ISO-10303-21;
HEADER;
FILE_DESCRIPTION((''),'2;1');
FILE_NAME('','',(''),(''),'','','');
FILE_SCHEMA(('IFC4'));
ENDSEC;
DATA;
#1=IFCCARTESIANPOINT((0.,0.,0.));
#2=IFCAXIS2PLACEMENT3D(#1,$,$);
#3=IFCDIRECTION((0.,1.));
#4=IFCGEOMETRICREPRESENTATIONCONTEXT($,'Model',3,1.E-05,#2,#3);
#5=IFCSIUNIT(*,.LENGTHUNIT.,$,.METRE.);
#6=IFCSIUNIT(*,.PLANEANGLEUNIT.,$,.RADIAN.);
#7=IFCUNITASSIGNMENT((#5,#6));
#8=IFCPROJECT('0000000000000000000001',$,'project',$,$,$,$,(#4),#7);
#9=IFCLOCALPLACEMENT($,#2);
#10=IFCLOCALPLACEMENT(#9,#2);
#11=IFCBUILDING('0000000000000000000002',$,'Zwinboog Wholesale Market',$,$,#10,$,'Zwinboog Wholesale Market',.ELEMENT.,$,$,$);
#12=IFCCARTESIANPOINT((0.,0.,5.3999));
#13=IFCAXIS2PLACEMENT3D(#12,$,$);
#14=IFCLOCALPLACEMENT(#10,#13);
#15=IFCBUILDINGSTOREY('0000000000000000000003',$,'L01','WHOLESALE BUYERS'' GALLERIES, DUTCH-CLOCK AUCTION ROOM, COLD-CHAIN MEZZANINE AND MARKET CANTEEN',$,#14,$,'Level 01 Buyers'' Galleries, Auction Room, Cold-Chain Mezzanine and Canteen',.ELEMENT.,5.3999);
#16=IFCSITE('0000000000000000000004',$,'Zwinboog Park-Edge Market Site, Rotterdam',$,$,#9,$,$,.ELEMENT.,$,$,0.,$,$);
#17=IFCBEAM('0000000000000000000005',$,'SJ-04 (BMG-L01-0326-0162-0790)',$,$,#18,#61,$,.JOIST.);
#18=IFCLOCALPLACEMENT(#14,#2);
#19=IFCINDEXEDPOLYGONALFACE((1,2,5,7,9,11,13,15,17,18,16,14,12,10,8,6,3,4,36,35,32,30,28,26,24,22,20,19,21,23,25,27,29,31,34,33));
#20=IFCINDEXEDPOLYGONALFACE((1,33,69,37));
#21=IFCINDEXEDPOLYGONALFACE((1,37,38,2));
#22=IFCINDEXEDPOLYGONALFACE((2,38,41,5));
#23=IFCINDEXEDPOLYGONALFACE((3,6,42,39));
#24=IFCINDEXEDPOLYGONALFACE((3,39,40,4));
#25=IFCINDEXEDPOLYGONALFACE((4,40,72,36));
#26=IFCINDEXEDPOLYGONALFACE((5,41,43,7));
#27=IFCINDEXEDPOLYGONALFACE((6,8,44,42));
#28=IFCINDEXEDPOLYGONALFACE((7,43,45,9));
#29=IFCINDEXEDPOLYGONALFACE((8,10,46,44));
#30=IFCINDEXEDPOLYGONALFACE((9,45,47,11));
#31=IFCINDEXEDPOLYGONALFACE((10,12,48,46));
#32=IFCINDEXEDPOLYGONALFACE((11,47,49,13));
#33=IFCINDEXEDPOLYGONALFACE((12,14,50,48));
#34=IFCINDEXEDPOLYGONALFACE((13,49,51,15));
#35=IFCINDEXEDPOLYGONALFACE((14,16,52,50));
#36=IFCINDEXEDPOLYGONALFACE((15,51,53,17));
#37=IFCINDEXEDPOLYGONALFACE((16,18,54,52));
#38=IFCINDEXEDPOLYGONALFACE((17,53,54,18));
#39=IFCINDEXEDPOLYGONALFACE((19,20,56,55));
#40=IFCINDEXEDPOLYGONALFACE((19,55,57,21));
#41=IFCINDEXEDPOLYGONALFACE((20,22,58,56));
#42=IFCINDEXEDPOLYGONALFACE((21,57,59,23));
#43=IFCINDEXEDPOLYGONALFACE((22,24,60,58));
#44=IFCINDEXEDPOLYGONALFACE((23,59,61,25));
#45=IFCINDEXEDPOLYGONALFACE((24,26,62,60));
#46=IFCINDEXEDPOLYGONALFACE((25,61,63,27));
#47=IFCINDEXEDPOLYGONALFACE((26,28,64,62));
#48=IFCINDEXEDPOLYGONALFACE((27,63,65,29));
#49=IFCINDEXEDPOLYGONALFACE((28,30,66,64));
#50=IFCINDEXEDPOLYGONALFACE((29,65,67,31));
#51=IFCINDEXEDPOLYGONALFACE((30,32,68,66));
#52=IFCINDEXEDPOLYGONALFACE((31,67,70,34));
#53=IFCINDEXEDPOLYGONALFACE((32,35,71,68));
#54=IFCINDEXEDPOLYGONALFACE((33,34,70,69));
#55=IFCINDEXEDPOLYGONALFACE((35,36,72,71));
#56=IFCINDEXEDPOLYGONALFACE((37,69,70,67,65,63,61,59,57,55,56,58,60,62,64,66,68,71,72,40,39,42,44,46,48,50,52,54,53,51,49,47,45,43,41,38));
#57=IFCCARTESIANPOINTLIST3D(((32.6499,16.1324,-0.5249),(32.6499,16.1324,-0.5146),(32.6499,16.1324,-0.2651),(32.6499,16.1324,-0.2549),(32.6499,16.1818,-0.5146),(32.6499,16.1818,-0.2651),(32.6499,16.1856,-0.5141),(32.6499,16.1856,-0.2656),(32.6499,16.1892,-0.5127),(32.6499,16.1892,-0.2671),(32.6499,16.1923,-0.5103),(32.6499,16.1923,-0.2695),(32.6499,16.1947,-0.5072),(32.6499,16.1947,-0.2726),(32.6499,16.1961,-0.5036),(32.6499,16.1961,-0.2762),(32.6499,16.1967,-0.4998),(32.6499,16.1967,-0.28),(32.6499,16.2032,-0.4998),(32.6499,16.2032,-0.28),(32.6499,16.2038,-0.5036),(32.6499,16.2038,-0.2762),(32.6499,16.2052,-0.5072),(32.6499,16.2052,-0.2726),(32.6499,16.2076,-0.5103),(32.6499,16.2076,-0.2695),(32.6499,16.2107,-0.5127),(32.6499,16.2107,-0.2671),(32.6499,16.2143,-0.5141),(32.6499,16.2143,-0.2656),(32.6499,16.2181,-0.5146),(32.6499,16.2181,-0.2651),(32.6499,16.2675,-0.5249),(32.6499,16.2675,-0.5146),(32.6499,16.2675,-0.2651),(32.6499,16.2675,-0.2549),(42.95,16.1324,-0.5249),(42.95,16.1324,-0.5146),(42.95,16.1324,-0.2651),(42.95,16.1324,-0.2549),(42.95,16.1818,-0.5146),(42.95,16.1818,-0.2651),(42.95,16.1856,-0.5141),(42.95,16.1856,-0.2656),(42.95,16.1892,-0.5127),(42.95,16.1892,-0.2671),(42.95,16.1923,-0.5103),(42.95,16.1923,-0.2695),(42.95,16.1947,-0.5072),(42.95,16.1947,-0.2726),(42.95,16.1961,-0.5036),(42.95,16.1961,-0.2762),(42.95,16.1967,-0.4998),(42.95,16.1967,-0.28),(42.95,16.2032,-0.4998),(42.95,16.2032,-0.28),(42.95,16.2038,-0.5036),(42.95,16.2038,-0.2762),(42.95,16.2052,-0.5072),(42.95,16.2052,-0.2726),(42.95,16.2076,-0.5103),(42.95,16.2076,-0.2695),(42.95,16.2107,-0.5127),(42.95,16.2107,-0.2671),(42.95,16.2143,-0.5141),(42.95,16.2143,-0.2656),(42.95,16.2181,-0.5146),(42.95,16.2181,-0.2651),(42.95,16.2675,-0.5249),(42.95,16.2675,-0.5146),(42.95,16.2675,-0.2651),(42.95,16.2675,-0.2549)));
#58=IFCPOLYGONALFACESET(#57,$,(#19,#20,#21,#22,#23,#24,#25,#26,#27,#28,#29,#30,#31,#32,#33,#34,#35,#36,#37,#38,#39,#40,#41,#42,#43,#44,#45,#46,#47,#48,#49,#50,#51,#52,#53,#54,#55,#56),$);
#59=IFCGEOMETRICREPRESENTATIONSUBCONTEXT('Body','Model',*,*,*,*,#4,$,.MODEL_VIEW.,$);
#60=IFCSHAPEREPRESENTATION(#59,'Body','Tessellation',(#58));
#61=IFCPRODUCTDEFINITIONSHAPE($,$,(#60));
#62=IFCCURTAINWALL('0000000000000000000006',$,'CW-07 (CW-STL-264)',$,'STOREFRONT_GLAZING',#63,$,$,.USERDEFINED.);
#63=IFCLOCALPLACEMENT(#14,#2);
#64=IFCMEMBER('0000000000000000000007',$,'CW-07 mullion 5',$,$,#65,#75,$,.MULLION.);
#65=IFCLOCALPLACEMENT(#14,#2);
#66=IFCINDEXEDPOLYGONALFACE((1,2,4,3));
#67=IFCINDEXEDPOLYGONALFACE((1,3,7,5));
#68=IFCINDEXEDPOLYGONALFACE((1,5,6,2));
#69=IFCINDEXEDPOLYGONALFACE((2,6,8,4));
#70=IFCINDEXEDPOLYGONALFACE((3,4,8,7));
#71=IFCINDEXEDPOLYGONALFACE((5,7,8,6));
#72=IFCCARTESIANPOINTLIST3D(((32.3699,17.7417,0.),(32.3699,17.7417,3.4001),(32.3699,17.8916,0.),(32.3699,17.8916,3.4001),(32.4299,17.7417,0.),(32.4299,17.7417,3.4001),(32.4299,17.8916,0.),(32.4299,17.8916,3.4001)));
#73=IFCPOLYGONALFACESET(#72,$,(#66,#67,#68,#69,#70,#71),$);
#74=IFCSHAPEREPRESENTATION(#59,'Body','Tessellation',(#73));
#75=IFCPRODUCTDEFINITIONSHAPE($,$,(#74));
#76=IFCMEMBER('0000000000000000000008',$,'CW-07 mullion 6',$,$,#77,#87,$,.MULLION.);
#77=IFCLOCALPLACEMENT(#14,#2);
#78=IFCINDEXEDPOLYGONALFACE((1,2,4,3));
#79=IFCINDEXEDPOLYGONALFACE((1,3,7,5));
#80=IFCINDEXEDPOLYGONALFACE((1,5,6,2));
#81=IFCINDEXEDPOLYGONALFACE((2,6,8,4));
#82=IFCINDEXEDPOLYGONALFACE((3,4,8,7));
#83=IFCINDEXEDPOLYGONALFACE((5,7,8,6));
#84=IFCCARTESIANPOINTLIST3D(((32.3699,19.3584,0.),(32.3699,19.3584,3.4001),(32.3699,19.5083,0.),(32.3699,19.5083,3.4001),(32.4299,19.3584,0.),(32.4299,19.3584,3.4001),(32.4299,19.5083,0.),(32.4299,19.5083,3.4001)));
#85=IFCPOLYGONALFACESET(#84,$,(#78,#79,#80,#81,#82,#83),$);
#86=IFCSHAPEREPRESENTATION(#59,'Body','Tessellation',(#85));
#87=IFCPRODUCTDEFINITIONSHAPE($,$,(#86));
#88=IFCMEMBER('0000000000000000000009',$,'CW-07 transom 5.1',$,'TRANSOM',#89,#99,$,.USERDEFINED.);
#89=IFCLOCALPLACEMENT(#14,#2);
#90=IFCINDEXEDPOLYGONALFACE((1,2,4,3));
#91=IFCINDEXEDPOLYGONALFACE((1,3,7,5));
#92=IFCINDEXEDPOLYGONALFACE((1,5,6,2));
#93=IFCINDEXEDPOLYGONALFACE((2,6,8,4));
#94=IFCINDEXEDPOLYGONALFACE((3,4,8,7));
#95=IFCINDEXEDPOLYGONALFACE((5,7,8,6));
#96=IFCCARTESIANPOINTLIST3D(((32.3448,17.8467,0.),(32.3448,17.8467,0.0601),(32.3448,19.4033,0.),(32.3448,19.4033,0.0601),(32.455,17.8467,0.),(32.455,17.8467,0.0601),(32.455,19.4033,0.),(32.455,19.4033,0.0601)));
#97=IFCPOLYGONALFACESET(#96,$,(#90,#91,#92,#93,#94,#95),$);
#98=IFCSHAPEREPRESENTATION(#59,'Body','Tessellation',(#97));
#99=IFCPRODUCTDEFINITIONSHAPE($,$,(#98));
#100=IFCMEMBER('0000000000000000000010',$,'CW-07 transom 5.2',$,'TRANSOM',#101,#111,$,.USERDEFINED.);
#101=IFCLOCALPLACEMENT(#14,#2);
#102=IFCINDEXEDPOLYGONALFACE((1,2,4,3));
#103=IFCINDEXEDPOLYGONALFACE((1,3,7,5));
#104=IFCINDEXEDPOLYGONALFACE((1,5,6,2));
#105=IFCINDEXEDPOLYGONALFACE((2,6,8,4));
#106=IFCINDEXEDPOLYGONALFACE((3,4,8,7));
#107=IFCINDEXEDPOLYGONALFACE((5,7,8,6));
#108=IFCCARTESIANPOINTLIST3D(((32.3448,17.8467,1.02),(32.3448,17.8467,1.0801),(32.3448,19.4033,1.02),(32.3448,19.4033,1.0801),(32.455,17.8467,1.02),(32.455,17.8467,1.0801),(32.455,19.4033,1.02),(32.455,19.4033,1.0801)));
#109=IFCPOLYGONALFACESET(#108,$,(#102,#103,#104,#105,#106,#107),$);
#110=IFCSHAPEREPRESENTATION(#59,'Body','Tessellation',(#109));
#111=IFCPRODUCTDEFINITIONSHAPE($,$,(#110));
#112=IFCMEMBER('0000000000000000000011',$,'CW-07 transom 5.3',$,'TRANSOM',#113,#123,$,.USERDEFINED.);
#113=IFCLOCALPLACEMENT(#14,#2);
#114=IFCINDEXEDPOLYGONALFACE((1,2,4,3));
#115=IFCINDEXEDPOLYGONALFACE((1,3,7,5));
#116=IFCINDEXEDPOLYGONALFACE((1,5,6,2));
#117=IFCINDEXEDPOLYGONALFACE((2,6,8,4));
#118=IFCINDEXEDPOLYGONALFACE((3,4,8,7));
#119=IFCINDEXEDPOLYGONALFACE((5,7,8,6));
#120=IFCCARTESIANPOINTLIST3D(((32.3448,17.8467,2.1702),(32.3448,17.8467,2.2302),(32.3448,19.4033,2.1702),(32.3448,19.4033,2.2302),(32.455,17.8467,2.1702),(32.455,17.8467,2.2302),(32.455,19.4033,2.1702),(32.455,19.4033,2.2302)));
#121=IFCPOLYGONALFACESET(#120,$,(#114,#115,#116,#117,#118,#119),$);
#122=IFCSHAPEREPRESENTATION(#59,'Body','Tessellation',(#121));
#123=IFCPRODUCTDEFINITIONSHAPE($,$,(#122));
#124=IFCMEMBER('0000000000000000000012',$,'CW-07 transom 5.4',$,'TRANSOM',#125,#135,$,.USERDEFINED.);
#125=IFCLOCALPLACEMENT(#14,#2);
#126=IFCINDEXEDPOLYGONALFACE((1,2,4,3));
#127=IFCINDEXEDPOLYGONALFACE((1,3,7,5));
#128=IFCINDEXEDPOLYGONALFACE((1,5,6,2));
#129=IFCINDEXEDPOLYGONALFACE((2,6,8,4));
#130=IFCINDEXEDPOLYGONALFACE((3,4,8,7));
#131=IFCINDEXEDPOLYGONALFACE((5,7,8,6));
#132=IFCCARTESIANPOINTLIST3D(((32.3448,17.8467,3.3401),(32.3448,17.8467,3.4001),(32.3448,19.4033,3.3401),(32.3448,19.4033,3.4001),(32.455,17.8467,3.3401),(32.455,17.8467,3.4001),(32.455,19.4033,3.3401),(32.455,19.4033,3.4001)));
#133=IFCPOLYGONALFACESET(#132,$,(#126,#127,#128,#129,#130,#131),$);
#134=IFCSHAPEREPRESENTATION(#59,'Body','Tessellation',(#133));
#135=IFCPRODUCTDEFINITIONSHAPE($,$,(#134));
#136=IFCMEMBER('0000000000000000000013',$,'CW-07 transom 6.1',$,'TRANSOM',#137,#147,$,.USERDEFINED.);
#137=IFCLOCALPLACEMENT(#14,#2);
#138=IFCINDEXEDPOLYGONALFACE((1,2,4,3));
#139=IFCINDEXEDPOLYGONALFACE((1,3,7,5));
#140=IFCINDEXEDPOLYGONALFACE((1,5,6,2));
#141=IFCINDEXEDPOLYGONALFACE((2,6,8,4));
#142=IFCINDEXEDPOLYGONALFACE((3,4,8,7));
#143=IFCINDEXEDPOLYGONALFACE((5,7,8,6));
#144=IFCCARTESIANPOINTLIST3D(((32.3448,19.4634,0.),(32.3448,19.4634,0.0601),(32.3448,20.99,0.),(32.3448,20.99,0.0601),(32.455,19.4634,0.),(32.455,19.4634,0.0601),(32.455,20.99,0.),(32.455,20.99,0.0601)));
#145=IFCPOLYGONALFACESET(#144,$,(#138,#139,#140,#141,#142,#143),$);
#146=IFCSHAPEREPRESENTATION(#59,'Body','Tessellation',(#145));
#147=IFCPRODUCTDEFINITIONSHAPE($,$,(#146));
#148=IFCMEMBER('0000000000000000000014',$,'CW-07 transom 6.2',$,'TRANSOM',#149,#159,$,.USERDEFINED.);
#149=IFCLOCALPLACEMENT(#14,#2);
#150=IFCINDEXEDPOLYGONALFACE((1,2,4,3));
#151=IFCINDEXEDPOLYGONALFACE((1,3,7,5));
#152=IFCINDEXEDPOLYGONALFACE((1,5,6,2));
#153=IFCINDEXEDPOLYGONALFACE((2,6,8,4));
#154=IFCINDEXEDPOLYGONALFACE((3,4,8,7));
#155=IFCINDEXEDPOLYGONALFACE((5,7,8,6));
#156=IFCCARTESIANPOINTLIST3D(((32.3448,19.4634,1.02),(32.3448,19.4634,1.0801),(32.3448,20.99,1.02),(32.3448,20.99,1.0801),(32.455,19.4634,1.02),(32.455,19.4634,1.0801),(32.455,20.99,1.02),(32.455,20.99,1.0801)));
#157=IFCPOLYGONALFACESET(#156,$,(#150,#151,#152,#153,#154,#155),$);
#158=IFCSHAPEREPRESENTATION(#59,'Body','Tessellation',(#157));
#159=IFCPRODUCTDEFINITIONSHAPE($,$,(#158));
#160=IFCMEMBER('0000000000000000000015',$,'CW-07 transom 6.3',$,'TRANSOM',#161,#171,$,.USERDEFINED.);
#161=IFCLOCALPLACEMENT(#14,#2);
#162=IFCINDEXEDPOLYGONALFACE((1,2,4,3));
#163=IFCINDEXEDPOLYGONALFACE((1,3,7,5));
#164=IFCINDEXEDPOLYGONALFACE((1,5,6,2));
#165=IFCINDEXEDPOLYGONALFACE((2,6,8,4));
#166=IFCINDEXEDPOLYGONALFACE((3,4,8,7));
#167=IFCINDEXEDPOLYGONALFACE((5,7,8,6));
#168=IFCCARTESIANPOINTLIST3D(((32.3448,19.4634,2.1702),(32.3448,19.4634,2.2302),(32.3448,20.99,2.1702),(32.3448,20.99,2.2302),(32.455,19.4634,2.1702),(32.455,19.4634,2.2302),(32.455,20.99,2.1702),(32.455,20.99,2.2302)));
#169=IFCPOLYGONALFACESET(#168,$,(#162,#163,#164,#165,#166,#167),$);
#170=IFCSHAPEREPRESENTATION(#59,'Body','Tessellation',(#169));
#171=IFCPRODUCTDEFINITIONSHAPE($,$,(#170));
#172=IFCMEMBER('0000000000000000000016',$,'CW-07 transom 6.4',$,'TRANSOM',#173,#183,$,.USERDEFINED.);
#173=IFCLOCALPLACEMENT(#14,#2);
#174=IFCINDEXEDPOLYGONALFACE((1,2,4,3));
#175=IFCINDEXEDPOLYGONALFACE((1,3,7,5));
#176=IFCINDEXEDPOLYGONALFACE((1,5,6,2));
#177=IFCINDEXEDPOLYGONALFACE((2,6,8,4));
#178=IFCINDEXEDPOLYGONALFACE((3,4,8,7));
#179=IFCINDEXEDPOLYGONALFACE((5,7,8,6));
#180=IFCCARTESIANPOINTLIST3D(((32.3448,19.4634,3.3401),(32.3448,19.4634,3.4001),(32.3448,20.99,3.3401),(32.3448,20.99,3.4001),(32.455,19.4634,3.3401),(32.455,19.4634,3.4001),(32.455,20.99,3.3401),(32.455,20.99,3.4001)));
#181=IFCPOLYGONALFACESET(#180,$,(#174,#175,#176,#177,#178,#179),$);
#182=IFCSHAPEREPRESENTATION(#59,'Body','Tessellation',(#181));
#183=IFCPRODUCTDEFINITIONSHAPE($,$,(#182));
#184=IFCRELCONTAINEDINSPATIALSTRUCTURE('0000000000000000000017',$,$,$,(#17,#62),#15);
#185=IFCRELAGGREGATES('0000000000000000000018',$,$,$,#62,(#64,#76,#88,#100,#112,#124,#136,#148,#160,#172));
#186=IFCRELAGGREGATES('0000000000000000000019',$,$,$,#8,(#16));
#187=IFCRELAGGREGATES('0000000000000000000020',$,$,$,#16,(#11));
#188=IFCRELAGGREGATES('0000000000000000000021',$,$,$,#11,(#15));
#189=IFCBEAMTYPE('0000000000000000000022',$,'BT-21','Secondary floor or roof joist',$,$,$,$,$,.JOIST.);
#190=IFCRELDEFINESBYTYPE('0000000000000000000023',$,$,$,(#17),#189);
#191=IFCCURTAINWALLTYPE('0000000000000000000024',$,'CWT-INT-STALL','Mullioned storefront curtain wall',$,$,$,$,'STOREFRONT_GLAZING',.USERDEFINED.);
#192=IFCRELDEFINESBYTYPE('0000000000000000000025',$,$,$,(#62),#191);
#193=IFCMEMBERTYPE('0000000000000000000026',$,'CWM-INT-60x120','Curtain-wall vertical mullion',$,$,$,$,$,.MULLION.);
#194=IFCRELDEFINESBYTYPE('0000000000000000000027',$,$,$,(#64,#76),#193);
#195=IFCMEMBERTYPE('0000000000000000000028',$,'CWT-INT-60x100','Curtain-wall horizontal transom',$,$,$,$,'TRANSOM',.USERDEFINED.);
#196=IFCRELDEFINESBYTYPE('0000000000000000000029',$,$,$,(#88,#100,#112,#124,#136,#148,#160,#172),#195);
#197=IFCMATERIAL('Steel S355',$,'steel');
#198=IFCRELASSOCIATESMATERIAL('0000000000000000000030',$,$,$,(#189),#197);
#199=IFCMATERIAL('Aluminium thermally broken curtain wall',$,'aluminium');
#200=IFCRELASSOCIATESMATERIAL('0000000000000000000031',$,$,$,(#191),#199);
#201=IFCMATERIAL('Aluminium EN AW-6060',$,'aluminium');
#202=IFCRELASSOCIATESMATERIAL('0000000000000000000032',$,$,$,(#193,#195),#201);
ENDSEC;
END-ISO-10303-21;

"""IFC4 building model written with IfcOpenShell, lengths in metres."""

from ifc_helpers import new_model, si_unit, direction, frame, origin, origin_2d, place, context, subcontext, project, spatial, rectangle, i_section, extrude, material, material_profile, profile_set, type_object, element, aggregate, save


model = new_model("IFC4")

# Units and contexts
model_context = context("Model", 3, precision=1e-05, world=origin(), true_north=direction((0.0, 1.0)))
body_context = subcontext(model_context, "Body", "Model", "MODEL_VIEW")
ifc_project = project(units=[si_unit("LENGTHUNIT", "METRE"), si_unit("PLANEANGLEUNIT", "RADIAN")], contexts=[model_context])

# Site, building, storey
site_placement = place(None, origin())
site = spatial("IfcSite", under=ifc_project, at=site_placement, Name="Zwinboog Park-Edge Market Site, Rotterdam", CompositionType="ELEMENT", RefElevation=0.0)
building_placement = place(site_placement, origin())
building = spatial("IfcBuilding", under=site, at=building_placement, Name="Zwinboog Wholesale Market", LongName="Zwinboog Wholesale Market", CompositionType="ELEMENT")
storey_placement = place(building_placement, frame((0.0, 0.0, 5.3999)))
storey = spatial("IfcBuildingStorey", under=building, at=storey_placement, Name="L01", Description="WHOLESALE BUYERS' GALLERIES, DUTCH-CLOCK AUCTION ROOM, COLD-CHAIN MEZZANINE AND MARKET CANTEEN", LongName="Level 01 Buyers' Galleries, Auction Room, Cold-Chain Mezzanine and Canteen", CompositionType="ELEMENT", Elevation=5.3999)

# Beam
ifc_material_1 = material(Name="Steel S355", Category="steel")
ifc_material_profile_1 = material_profile(ifc_material_1, i_section(OverallWidth=0.135, OverallDepth=0.27, WebThickness=0.0066, FlangeThickness=0.0103, FilletRadius=0.0149, at=origin_2d()), Name="IPE 270")
ifc_profile_set_1 = profile_set([ifc_material_profile_1], Name="Steel S355")
beam_type = type_object("IfcBeamType", Name="BT-21", Description="Secondary floor or roof joist", PredefinedType="JOIST", material=ifc_profile_set_1)
beam_placement = place(storey_placement, frame((32.6499, 16.2, -0.3899), z_axis=(1.0, 0.0, 0.0), x_axis=(0.0, 1.0, 0.0)))
element("IfcBeam", 1, at=beam_placement, inside=storey, type_object=beam_type, Name="SJ-04 (BMG-L01-0326-0162-0790)", PredefinedType="JOIST", context=body_context, shape_type="SweptSolid", body=[
    extrude(i_section(OverallWidth=0.135, OverallDepth=0.27, WebThickness=0.0066, FlangeThickness=0.0103, FilletRadius=0.0149, at=origin_2d()), origin(), (0.0, 0.0, 1.0), 10.3),
])

# Curtain wall, members
ifc_material_2 = material(Name="Aluminium thermally broken curtain wall", Category="aluminium")
curtain_wall_type = type_object("IfcCurtainWallType", Name="CWT-INT-STALL", Description="Mullioned storefront curtain wall", ElementType="STOREFRONT_GLAZING", PredefinedType="USERDEFINED", material=ifc_material_2)
curtain_wall_placement = place(storey_placement, origin())
curtain_wall = element("IfcCurtainWall", 2, at=curtain_wall_placement, inside=storey, type_object=curtain_wall_type, Name="CW-07 (CW-STL-264)", ObjectType="STOREFRONT_GLAZING", PredefinedType="USERDEFINED")
ifc_material_3 = material(Name="Aluminium EN AW-6060", Category="aluminium")
ifc_material_profile_2 = material_profile(ifc_material_3, rectangle(XDim=0.0601, YDim=0.1499, at=origin_2d()), Name="AL 60x150")
ifc_profile_set_2 = profile_set([ifc_material_profile_2], Name="Aluminium EN AW-6060")
member_type_1 = type_object("IfcMemberType", Name="CWM-INT-60x120", Description="Curtain-wall vertical mullion", PredefinedType="MULLION", material=ifc_profile_set_2)
member_1_placement = place(storey_placement, frame((32.3999, 17.8167, 0.0), z_axis=(0.0, 0.0, 1.0), x_axis=(-1.0, 0.0, 0.0)))
member_1 = element("IfcMember", 3, at=member_1_placement, type_object=member_type_1, Name="CW-07 mullion 5", PredefinedType="MULLION", context=body_context, shape_type="SweptSolid", body=[
    extrude(rectangle(XDim=0.0601, YDim=0.1499, at=origin_2d()), origin(), (0.0, 0.0, 1.0), 3.4001),
])
member_2_placement = place(storey_placement, frame((32.3999, 19.4333, 0.0), z_axis=(0.0, 0.0, 1.0), x_axis=(-1.0, 0.0, 0.0)))
member_2 = element("IfcMember", 4, at=member_2_placement, type_object=member_type_1, Name="CW-07 mullion 6", PredefinedType="MULLION", context=body_context, shape_type="SweptSolid", body=[
    extrude(rectangle(XDim=0.0601, YDim=0.1499, at=origin_2d()), origin(), (0.0, 0.0, 1.0), 3.4001),
])
ifc_material_profile_3 = material_profile(ifc_material_3, rectangle(XDim=0.1101, YDim=0.0601, at=origin_2d()), Name="AL 60x110")
ifc_profile_set_3 = profile_set([ifc_material_profile_3], Name="Aluminium EN AW-6060")
member_type_2 = type_object("IfcMemberType", Name="CWT-INT-60x100", Description="Curtain-wall horizontal transom", ElementType="TRANSOM", PredefinedType="USERDEFINED", material=ifc_profile_set_3)
member_3_placement = place(storey_placement, frame((32.3999, 17.8467, 0.03), z_axis=(0.0, 1.0, 0.0), x_axis=(-1.0, 0.0, 0.0)))
member_3 = element("IfcMember", 5, at=member_3_placement, type_object=member_type_2, Name="CW-07 transom 5.1", ObjectType="TRANSOM", PredefinedType="USERDEFINED", context=body_context, shape_type="SweptSolid", body=[
    extrude(rectangle(XDim=0.1101, YDim=0.0601, at=origin_2d()), origin(), (0.0, 0.0, 1.0), 1.5566),
])
member_4_placement = place(storey_placement, frame((32.3999, 17.8467, 1.05), z_axis=(0.0, 1.0, 0.0), x_axis=(-1.0, 0.0, 0.0)))
member_4 = element("IfcMember", 6, at=member_4_placement, type_object=member_type_2, Name="CW-07 transom 5.2", ObjectType="TRANSOM", PredefinedType="USERDEFINED", context=body_context, shape_type="SweptSolid", body=[
    extrude(rectangle(XDim=0.1101, YDim=0.0601, at=origin_2d()), origin(), (0.0, 0.0, 1.0), 1.5566),
])
member_5_placement = place(storey_placement, frame((32.3999, 17.8467, 2.2002), z_axis=(0.0, 1.0, 0.0), x_axis=(-1.0, 0.0, 0.0)))
member_5 = element("IfcMember", 7, at=member_5_placement, type_object=member_type_2, Name="CW-07 transom 5.3", ObjectType="TRANSOM", PredefinedType="USERDEFINED", context=body_context, shape_type="SweptSolid", body=[
    extrude(rectangle(XDim=0.1101, YDim=0.0601, at=origin_2d()), origin(), (0.0, 0.0, 1.0), 1.5566),
])
member_6_placement = place(storey_placement, frame((32.3999, 17.8467, 3.3701), z_axis=(0.0, 1.0, 0.0), x_axis=(-1.0, 0.0, 0.0)))
member_6 = element("IfcMember", 8, at=member_6_placement, type_object=member_type_2, Name="CW-07 transom 5.4", ObjectType="TRANSOM", PredefinedType="USERDEFINED", context=body_context, shape_type="SweptSolid", body=[
    extrude(rectangle(XDim=0.1101, YDim=0.0601, at=origin_2d()), origin(), (0.0, 0.0, 1.0), 1.5566),
])
member_7_placement = place(storey_placement, frame((32.3999, 19.4634, 0.03), z_axis=(0.0, 1.0, 0.0), x_axis=(-1.0, 0.0, 0.0)))
member_7 = element("IfcMember", 9, at=member_7_placement, type_object=member_type_2, Name="CW-07 transom 6.1", ObjectType="TRANSOM", PredefinedType="USERDEFINED", context=body_context, shape_type="SweptSolid", body=[
    extrude(rectangle(XDim=0.1101, YDim=0.0601, at=origin_2d()), origin(), (0.0, 0.0, 1.0), 1.5266),
])
member_8_placement = place(storey_placement, frame((32.3999, 19.4634, 1.05), z_axis=(0.0, 1.0, 0.0), x_axis=(-1.0, 0.0, 0.0)))
member_8 = element("IfcMember", 10, at=member_8_placement, type_object=member_type_2, Name="CW-07 transom 6.2", ObjectType="TRANSOM", PredefinedType="USERDEFINED", context=body_context, shape_type="SweptSolid", body=[
    extrude(rectangle(XDim=0.1101, YDim=0.0601, at=origin_2d()), origin(), (0.0, 0.0, 1.0), 1.5266),
])
member_9_placement = place(storey_placement, frame((32.3999, 19.4634, 2.2002), z_axis=(0.0, 1.0, 0.0), x_axis=(-1.0, 0.0, 0.0)))
member_9 = element("IfcMember", 11, at=member_9_placement, type_object=member_type_2, Name="CW-07 transom 6.3", ObjectType="TRANSOM", PredefinedType="USERDEFINED", context=body_context, shape_type="SweptSolid", body=[
    extrude(rectangle(XDim=0.1101, YDim=0.0601, at=origin_2d()), origin(), (0.0, 0.0, 1.0), 1.5266),
])
member_10_placement = place(storey_placement, frame((32.3999, 19.4634, 3.3701), z_axis=(0.0, 1.0, 0.0), x_axis=(-1.0, 0.0, 0.0)))
member_10 = element("IfcMember", 12, at=member_10_placement, type_object=member_type_2, Name="CW-07 transom 6.4", ObjectType="TRANSOM", PredefinedType="USERDEFINED", context=body_context, shape_type="SweptSolid", body=[
    extrude(rectangle(XDim=0.1101, YDim=0.0601, at=origin_2d()), origin(), (0.0, 0.0, 1.0), 1.5266),
])
aggregate(curtain_wall, [member_1, member_2, member_3, member_4, member_5, member_6, member_7, member_8, member_9, member_10])

save(model, "model.ifc")
